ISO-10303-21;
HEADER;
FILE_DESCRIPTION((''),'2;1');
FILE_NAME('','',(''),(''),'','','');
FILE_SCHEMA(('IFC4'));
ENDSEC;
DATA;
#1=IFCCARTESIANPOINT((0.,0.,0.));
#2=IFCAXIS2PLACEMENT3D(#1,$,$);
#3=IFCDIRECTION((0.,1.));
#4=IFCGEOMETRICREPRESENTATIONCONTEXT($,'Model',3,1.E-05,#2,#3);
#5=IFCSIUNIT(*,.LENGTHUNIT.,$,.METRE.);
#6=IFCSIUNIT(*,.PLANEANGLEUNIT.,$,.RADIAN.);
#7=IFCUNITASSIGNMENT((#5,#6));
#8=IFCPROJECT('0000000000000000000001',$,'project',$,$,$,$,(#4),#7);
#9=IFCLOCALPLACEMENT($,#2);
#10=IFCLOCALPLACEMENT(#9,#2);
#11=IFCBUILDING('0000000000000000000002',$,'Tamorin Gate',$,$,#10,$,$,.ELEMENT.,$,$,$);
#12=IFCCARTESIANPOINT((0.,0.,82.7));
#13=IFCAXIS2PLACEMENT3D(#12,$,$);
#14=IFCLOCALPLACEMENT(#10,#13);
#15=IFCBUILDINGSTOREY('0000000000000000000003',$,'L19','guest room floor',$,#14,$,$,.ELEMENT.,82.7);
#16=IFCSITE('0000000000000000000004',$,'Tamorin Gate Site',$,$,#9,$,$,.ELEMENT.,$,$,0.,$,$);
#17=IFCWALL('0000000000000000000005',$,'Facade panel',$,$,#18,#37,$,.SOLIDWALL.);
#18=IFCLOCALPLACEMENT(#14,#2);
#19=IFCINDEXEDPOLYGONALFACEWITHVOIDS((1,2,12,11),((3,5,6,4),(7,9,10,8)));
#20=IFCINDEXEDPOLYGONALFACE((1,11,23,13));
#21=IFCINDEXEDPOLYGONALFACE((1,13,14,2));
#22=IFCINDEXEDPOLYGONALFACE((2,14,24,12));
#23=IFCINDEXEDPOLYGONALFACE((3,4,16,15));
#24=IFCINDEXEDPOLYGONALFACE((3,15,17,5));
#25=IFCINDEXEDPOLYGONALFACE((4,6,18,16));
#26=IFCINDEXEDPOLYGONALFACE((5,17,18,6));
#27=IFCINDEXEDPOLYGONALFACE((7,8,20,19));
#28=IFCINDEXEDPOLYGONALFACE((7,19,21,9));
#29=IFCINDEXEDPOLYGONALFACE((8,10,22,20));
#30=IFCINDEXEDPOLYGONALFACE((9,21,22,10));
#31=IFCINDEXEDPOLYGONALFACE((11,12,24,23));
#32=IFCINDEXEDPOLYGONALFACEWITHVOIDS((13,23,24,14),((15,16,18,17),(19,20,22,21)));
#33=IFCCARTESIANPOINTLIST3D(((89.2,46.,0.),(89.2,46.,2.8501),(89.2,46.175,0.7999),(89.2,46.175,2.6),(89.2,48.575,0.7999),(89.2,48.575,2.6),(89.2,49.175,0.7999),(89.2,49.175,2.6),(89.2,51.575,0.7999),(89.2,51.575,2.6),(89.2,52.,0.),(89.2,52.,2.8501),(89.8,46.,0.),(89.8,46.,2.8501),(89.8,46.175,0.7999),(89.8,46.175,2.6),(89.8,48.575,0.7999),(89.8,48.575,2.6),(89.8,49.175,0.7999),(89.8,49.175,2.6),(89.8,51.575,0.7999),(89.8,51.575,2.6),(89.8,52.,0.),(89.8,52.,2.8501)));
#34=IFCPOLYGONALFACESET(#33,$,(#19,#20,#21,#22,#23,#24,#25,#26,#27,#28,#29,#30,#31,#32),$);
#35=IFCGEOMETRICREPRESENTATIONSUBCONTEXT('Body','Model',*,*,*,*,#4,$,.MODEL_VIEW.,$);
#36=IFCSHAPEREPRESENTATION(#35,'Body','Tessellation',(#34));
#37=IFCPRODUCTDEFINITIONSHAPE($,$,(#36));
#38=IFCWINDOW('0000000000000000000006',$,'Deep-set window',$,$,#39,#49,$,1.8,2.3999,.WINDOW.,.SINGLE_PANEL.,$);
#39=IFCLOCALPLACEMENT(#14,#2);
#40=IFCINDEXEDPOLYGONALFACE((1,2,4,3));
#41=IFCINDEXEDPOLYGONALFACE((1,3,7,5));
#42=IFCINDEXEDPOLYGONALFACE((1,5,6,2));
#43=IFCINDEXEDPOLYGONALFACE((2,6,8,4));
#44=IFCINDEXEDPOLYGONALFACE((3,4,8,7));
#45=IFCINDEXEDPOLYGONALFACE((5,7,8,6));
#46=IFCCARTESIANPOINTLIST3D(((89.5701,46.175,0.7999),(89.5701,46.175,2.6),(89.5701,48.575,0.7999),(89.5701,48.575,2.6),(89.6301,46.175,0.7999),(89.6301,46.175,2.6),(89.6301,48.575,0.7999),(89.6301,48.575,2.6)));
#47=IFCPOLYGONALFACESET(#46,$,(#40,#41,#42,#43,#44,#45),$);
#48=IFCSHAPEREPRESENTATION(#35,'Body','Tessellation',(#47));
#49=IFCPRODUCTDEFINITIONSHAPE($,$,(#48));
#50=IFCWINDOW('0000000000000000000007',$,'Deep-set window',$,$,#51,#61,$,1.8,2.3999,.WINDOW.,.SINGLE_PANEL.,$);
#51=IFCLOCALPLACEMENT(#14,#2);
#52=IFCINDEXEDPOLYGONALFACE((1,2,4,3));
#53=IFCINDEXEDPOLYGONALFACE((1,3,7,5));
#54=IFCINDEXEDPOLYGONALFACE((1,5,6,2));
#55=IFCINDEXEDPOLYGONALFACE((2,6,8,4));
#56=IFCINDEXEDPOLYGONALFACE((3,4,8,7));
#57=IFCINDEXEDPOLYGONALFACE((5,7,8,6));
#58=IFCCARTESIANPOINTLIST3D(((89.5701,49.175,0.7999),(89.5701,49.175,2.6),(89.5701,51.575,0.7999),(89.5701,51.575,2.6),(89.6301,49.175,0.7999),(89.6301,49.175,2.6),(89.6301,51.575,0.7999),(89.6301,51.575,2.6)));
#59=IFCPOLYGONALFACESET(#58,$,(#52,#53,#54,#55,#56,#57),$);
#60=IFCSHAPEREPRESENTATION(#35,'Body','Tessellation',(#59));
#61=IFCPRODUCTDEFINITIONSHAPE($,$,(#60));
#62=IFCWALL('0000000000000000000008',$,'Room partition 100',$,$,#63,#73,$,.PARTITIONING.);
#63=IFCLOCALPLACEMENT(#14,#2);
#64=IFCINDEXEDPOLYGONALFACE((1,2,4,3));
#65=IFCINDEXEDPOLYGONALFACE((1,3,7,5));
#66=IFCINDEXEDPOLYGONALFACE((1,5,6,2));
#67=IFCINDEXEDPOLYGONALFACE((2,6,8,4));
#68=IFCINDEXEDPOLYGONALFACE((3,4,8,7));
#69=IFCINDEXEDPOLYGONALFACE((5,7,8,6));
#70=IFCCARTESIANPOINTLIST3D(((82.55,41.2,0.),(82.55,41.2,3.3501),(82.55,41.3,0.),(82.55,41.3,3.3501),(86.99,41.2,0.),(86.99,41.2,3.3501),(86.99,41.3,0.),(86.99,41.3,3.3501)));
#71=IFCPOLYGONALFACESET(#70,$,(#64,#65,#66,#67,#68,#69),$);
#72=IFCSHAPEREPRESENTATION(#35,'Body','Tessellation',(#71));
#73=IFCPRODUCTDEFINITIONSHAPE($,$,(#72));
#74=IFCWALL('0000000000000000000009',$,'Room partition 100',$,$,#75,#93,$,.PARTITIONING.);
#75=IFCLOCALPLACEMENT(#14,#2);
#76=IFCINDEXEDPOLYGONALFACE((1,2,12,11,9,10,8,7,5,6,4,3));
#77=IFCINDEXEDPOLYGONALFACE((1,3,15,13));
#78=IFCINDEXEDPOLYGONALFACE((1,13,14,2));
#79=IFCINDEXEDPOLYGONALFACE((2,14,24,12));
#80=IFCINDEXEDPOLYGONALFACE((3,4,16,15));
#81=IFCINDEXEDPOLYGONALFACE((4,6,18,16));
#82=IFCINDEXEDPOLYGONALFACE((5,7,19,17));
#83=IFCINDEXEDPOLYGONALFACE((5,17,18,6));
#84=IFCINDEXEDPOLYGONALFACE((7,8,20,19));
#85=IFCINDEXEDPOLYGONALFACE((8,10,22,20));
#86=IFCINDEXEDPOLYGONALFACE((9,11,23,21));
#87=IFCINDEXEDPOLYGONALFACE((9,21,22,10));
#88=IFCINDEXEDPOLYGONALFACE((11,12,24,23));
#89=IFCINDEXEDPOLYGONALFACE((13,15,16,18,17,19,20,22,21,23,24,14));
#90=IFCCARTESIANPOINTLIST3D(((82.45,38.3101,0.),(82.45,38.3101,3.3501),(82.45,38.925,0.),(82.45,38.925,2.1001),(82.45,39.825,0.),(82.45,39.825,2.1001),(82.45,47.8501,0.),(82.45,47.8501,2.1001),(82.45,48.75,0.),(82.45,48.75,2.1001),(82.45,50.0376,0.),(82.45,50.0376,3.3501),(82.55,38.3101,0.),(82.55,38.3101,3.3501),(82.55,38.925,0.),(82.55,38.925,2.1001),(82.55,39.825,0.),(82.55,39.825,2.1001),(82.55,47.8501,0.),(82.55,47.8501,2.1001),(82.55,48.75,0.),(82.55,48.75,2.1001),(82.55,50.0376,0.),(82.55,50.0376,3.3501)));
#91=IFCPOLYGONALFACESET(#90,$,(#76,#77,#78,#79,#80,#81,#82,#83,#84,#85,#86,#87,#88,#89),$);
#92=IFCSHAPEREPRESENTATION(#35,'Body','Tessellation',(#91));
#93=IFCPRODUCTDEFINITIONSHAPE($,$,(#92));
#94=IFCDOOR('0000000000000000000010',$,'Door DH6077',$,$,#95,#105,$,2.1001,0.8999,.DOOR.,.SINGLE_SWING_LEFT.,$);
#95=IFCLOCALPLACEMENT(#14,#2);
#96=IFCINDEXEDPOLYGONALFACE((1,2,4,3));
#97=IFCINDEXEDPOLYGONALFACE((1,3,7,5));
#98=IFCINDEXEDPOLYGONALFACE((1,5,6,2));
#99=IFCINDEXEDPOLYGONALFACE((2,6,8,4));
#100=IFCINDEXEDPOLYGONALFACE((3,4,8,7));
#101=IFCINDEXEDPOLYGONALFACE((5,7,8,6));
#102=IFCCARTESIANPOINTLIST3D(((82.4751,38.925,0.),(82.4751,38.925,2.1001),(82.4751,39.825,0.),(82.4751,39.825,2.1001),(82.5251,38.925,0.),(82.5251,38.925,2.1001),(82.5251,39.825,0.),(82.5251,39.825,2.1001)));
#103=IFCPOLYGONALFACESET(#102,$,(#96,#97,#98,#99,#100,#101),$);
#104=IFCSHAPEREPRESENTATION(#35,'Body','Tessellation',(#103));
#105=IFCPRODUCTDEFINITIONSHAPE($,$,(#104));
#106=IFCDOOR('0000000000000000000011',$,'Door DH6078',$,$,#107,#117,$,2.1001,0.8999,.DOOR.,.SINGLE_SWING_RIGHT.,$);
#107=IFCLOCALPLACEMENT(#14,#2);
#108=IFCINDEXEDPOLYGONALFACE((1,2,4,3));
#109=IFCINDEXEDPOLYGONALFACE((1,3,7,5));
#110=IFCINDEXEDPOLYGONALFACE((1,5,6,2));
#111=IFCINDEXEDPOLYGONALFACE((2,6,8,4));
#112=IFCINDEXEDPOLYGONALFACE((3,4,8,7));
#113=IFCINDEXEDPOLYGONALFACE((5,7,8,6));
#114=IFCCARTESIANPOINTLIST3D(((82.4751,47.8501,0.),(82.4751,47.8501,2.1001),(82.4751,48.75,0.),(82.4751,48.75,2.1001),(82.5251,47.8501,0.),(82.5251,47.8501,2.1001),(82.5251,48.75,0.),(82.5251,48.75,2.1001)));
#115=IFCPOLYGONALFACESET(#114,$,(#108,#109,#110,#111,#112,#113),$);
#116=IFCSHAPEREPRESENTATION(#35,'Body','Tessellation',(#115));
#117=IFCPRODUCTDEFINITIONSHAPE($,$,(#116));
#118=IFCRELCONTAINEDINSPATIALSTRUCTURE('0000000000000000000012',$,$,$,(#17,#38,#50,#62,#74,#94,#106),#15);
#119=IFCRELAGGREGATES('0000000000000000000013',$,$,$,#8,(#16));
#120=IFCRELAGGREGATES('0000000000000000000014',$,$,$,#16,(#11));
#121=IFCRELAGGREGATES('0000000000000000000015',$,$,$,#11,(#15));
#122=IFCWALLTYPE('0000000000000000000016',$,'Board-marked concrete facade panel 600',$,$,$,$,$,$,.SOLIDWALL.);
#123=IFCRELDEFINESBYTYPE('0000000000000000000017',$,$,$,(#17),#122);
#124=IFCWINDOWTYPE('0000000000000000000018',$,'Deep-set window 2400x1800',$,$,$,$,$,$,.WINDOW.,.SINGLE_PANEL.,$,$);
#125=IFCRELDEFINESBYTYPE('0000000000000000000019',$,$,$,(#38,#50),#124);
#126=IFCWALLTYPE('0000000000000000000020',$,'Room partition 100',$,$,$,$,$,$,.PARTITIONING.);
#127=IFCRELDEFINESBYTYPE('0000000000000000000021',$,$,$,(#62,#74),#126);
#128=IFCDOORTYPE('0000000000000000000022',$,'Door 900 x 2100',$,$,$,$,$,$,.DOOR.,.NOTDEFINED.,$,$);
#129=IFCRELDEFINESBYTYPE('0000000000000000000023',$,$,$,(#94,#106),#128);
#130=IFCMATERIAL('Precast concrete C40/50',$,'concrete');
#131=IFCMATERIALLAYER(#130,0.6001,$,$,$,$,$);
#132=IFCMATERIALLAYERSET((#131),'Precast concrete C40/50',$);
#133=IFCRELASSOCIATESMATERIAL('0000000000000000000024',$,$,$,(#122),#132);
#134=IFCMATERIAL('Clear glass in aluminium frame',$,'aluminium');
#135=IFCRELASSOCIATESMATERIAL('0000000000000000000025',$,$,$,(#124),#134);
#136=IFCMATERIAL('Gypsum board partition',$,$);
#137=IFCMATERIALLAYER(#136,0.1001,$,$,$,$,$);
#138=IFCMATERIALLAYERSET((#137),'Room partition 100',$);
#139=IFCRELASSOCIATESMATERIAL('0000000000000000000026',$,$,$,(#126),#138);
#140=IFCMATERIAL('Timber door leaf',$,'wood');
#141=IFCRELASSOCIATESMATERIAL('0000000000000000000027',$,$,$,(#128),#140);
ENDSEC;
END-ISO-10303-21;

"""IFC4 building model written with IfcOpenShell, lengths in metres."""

from ifc_helpers import new_model, si_unit, direction, frame, frame_2d, origin, place, context, subcontext, project, spatial, rectangle, extrude, material, layer, layer_set, type_object, element, fill, save


model = new_model("IFC4")

# Units and contexts
model_context = context("Model", 3, precision=1e-05, world=origin(), true_north=direction((0.0, 1.0)))
body_context = subcontext(model_context, "Body", "Model", "MODEL_VIEW")
ifc_project = project(units=[si_unit("LENGTHUNIT", "METRE"), si_unit("PLANEANGLEUNIT", "RADIAN")], contexts=[model_context])

# Site, building, storey
site_placement = place(None, origin())
site = spatial("IfcSite", under=ifc_project, at=site_placement, Name="Tamorin Gate Site", CompositionType="ELEMENT", RefElevation=0.0)
building_placement = place(site_placement, origin())
building = spatial("IfcBuilding", under=site, at=building_placement, Name="Tamorin Gate", CompositionType="ELEMENT")
storey_placement = place(building_placement, frame((0.0, 0.0, 82.7)))
storey = spatial("IfcBuildingStorey", under=building, at=storey_placement, Name="L19", Description="guest room floor", CompositionType="ELEMENT", Elevation=82.7)

# Shared definitions
ifc_material_1 = material(Name="Precast concrete C40/50", Category="concrete")
ifc_layer_1 = layer(ifc_material_1, 0.6001)
ifc_layer_set_1 = layer_set([ifc_layer_1], Name="Precast concrete C40/50")
wall_type_1 = type_object("IfcWallType", Name="Board-marked concrete facade panel 600", PredefinedType="SOLIDWALL", material=ifc_layer_set_1)
ifc_material_2 = material(Name="Clear glass in aluminium frame", Category="aluminium")
window_type = type_object("IfcWindowType", Name="Deep-set window 2400x1800", PartitioningType="SINGLE_PANEL", PredefinedType="WINDOW", material=ifc_material_2)

# Wall, openings, windows
wall_1_placement = place(storey_placement, frame((89.5, 46.0, 0.0), z_axis=(0.0, 0.0, 1.0), x_axis=(0.0, 1.0, 0.0)))
wall_1 = element("IfcWall", 1, at=wall_1_placement, inside=storey, type_object=wall_type_1, Name="Facade panel", PredefinedType="SOLIDWALL", context=body_context, shape_type="SweptSolid", body=[
    extrude(rectangle(XDim=6.0, YDim=0.6001, at=frame_2d((3.0, 0.0))), origin(), (0.0, 0.0, 1.0), 2.8501),
])
opening_1_placement = place(wall_1_placement, frame((0.175, 0.0, 0.8)))
opening_1 = element("IfcOpeningElement", 2, at=opening_1_placement, cuts=wall_1, PredefinedType="OPENING", context=body_context, shape_type="SweptSolid", body=[
    extrude(rectangle(XDim=2.3999, YDim=1.8, at=frame_2d((1.2, 0.8999))), frame((0.0, 0.3101, 0.0), z_axis=(0.0, -1.0, 0.0), x_axis=(1.0, 0.0, 0.0)), (0.0, 0.0, 1.0), 0.6201),
])
opening_2_placement = place(wall_1_placement, frame((3.175, 0.0, 0.8)))
opening_2 = element("IfcOpeningElement", 3, at=opening_2_placement, cuts=wall_1, PredefinedType="OPENING", context=body_context, shape_type="SweptSolid", body=[
    extrude(rectangle(XDim=2.3999, YDim=1.8, at=frame_2d((1.2, 0.8999))), frame((0.0, 0.3101, 0.0), z_axis=(0.0, -1.0, 0.0), x_axis=(1.0, 0.0, 0.0)), (0.0, 0.0, 1.0), 0.6201),
])
window_1_placement = place(opening_1_placement, origin())
window_1 = element("IfcWindow", 4, at=window_1_placement, inside=storey, type_object=window_type, Name="Deep-set window", OverallHeight=1.8, OverallWidth=2.3999, PartitioningType="SINGLE_PANEL", PredefinedType="WINDOW", context=body_context, shape_type="SweptSolid", body=[
    extrude(rectangle(XDim=2.3999, YDim=1.8, at=frame_2d((1.2, 0.8999))), frame((0.0, -0.0701, 0.0), z_axis=(0.0, -1.0, 0.0), x_axis=(1.0, 0.0, 0.0)), (0.0, 0.0, 1.0), 0.0601),
])
fill(opening_1, window_1)
window_2_placement = place(opening_2_placement, origin())
window_2 = element("IfcWindow", 5, at=window_2_placement, inside=storey, type_object=window_type, Name="Deep-set window", OverallHeight=1.8, OverallWidth=2.3999, PartitioningType="SINGLE_PANEL", PredefinedType="WINDOW", context=body_context, shape_type="SweptSolid", body=[
    extrude(rectangle(XDim=2.3999, YDim=1.8, at=frame_2d((1.2, 0.8999))), frame((0.0, -0.0701, 0.0), z_axis=(0.0, -1.0, 0.0), x_axis=(1.0, 0.0, 0.0)), (0.0, 0.0, 1.0), 0.0601),
])
fill(opening_2, window_2)

# Wall
ifc_material_3 = material(Name="Gypsum board partition")
ifc_layer_2 = layer(ifc_material_3, 0.1001)
ifc_layer_set_2 = layer_set([ifc_layer_2], Name="Room partition 100")
wall_type_2 = type_object("IfcWallType", Name="Room partition 100", PredefinedType="PARTITIONING", material=ifc_layer_set_2)
wall_2_placement = place(storey_placement, frame((82.55, 41.25, 0.0), z_axis=(0.0, 0.0, 1.0), x_axis=(1.0, 0.0, 0.0)))
element("IfcWall", 6, at=wall_2_placement, inside=storey, type_object=wall_type_2, Name="Room partition 100", PredefinedType="PARTITIONING", context=body_context, shape_type="SweptSolid", body=[
    extrude(rectangle(XDim=4.4399, YDim=0.1001, at=frame_2d((2.22, 0.0))), origin(), (0.0, 0.0, 1.0), 3.3501),
])

# Wall, openings, doors
wall_3_placement = place(storey_placement, frame((82.5, 38.3101, 0.0), z_axis=(0.0, 0.0, 1.0), x_axis=(0.0, 1.0, 0.0)))
wall_3 = element("IfcWall", 7, at=wall_3_placement, inside=storey, type_object=wall_type_2, Name="Room partition 100", PredefinedType="PARTITIONING", context=body_context, shape_type="SweptSolid", body=[
    extrude(rectangle(XDim=11.7275, YDim=0.1001, at=frame_2d((5.8638, 0.0))), origin(), (0.0, 0.0, 1.0), 3.3501),
])
opening_3_placement = place(wall_3_placement, frame((0.615, 0.0, 0.0)))
opening_3 = element("IfcOpeningElement", 8, at=opening_3_placement, cuts=wall_3, PredefinedType="OPENING", context=body_context, shape_type="SweptSolid", body=[
    extrude(rectangle(XDim=0.8999, YDim=2.1001, at=frame_2d((0.45, 1.05))), frame((0.0, 0.0601, 0.0), z_axis=(0.0, -1.0, 0.0), x_axis=(1.0, 0.0, 0.0)), (0.0, 0.0, 1.0), 0.1201),
])
opening_4_placement = place(wall_3_placement, frame((9.54, 0.0, 0.0)))
opening_4 = element("IfcOpeningElement", 9, at=opening_4_placement, cuts=wall_3, PredefinedType="OPENING", context=body_context, shape_type="SweptSolid", body=[
    extrude(rectangle(XDim=0.8999, YDim=2.1001, at=frame_2d((0.45, 1.05))), frame((0.0, 0.0601, 0.0), z_axis=(0.0, -1.0, 0.0), x_axis=(1.0, 0.0, 0.0)), (0.0, 0.0, 1.0), 0.1201),
])
ifc_material_4 = material(Name="Timber door leaf", Category="wood")
door_type = type_object("IfcDoorType", Name="Door 900 x 2100", OperationType="NOTDEFINED", PredefinedType="DOOR", material=ifc_material_4)
door_1_placement = place(opening_3_placement, origin())
door_1 = element("IfcDoor", 10, at=door_1_placement, inside=storey, type_object=door_type, Name="Door DH6077", OperationType="SINGLE_SWING_LEFT", OverallHeight=2.1001, OverallWidth=0.8999, PredefinedType="DOOR", context=body_context, shape_type="SweptSolid", body=[
    extrude(rectangle(XDim=0.8999, YDim=2.1001, at=frame_2d((0.45, 1.05))), frame((0.0, 0.0249, 0.0), z_axis=(0.0, -1.0, 0.0), x_axis=(1.0, 0.0, 0.0)), (0.0, 0.0, 1.0), 0.05),
])
fill(opening_3, door_1)
door_2_placement = place(opening_4_placement, origin())
door_2 = element("IfcDoor", 11, at=door_2_placement, inside=storey, type_object=door_type, Name="Door DH6078", OperationType="SINGLE_SWING_RIGHT", OverallHeight=2.1001, OverallWidth=0.8999, PredefinedType="DOOR", context=body_context, shape_type="SweptSolid", body=[
    extrude(rectangle(XDim=0.8999, YDim=2.1001, at=frame_2d((0.45, 1.05))), frame((0.0, 0.0249, 0.0), z_axis=(0.0, -1.0, 0.0), x_axis=(1.0, 0.0, 0.0)), (0.0, 0.0, 1.0), 0.05),
])
fill(opening_4, door_2)

save(model, "model.ifc")
